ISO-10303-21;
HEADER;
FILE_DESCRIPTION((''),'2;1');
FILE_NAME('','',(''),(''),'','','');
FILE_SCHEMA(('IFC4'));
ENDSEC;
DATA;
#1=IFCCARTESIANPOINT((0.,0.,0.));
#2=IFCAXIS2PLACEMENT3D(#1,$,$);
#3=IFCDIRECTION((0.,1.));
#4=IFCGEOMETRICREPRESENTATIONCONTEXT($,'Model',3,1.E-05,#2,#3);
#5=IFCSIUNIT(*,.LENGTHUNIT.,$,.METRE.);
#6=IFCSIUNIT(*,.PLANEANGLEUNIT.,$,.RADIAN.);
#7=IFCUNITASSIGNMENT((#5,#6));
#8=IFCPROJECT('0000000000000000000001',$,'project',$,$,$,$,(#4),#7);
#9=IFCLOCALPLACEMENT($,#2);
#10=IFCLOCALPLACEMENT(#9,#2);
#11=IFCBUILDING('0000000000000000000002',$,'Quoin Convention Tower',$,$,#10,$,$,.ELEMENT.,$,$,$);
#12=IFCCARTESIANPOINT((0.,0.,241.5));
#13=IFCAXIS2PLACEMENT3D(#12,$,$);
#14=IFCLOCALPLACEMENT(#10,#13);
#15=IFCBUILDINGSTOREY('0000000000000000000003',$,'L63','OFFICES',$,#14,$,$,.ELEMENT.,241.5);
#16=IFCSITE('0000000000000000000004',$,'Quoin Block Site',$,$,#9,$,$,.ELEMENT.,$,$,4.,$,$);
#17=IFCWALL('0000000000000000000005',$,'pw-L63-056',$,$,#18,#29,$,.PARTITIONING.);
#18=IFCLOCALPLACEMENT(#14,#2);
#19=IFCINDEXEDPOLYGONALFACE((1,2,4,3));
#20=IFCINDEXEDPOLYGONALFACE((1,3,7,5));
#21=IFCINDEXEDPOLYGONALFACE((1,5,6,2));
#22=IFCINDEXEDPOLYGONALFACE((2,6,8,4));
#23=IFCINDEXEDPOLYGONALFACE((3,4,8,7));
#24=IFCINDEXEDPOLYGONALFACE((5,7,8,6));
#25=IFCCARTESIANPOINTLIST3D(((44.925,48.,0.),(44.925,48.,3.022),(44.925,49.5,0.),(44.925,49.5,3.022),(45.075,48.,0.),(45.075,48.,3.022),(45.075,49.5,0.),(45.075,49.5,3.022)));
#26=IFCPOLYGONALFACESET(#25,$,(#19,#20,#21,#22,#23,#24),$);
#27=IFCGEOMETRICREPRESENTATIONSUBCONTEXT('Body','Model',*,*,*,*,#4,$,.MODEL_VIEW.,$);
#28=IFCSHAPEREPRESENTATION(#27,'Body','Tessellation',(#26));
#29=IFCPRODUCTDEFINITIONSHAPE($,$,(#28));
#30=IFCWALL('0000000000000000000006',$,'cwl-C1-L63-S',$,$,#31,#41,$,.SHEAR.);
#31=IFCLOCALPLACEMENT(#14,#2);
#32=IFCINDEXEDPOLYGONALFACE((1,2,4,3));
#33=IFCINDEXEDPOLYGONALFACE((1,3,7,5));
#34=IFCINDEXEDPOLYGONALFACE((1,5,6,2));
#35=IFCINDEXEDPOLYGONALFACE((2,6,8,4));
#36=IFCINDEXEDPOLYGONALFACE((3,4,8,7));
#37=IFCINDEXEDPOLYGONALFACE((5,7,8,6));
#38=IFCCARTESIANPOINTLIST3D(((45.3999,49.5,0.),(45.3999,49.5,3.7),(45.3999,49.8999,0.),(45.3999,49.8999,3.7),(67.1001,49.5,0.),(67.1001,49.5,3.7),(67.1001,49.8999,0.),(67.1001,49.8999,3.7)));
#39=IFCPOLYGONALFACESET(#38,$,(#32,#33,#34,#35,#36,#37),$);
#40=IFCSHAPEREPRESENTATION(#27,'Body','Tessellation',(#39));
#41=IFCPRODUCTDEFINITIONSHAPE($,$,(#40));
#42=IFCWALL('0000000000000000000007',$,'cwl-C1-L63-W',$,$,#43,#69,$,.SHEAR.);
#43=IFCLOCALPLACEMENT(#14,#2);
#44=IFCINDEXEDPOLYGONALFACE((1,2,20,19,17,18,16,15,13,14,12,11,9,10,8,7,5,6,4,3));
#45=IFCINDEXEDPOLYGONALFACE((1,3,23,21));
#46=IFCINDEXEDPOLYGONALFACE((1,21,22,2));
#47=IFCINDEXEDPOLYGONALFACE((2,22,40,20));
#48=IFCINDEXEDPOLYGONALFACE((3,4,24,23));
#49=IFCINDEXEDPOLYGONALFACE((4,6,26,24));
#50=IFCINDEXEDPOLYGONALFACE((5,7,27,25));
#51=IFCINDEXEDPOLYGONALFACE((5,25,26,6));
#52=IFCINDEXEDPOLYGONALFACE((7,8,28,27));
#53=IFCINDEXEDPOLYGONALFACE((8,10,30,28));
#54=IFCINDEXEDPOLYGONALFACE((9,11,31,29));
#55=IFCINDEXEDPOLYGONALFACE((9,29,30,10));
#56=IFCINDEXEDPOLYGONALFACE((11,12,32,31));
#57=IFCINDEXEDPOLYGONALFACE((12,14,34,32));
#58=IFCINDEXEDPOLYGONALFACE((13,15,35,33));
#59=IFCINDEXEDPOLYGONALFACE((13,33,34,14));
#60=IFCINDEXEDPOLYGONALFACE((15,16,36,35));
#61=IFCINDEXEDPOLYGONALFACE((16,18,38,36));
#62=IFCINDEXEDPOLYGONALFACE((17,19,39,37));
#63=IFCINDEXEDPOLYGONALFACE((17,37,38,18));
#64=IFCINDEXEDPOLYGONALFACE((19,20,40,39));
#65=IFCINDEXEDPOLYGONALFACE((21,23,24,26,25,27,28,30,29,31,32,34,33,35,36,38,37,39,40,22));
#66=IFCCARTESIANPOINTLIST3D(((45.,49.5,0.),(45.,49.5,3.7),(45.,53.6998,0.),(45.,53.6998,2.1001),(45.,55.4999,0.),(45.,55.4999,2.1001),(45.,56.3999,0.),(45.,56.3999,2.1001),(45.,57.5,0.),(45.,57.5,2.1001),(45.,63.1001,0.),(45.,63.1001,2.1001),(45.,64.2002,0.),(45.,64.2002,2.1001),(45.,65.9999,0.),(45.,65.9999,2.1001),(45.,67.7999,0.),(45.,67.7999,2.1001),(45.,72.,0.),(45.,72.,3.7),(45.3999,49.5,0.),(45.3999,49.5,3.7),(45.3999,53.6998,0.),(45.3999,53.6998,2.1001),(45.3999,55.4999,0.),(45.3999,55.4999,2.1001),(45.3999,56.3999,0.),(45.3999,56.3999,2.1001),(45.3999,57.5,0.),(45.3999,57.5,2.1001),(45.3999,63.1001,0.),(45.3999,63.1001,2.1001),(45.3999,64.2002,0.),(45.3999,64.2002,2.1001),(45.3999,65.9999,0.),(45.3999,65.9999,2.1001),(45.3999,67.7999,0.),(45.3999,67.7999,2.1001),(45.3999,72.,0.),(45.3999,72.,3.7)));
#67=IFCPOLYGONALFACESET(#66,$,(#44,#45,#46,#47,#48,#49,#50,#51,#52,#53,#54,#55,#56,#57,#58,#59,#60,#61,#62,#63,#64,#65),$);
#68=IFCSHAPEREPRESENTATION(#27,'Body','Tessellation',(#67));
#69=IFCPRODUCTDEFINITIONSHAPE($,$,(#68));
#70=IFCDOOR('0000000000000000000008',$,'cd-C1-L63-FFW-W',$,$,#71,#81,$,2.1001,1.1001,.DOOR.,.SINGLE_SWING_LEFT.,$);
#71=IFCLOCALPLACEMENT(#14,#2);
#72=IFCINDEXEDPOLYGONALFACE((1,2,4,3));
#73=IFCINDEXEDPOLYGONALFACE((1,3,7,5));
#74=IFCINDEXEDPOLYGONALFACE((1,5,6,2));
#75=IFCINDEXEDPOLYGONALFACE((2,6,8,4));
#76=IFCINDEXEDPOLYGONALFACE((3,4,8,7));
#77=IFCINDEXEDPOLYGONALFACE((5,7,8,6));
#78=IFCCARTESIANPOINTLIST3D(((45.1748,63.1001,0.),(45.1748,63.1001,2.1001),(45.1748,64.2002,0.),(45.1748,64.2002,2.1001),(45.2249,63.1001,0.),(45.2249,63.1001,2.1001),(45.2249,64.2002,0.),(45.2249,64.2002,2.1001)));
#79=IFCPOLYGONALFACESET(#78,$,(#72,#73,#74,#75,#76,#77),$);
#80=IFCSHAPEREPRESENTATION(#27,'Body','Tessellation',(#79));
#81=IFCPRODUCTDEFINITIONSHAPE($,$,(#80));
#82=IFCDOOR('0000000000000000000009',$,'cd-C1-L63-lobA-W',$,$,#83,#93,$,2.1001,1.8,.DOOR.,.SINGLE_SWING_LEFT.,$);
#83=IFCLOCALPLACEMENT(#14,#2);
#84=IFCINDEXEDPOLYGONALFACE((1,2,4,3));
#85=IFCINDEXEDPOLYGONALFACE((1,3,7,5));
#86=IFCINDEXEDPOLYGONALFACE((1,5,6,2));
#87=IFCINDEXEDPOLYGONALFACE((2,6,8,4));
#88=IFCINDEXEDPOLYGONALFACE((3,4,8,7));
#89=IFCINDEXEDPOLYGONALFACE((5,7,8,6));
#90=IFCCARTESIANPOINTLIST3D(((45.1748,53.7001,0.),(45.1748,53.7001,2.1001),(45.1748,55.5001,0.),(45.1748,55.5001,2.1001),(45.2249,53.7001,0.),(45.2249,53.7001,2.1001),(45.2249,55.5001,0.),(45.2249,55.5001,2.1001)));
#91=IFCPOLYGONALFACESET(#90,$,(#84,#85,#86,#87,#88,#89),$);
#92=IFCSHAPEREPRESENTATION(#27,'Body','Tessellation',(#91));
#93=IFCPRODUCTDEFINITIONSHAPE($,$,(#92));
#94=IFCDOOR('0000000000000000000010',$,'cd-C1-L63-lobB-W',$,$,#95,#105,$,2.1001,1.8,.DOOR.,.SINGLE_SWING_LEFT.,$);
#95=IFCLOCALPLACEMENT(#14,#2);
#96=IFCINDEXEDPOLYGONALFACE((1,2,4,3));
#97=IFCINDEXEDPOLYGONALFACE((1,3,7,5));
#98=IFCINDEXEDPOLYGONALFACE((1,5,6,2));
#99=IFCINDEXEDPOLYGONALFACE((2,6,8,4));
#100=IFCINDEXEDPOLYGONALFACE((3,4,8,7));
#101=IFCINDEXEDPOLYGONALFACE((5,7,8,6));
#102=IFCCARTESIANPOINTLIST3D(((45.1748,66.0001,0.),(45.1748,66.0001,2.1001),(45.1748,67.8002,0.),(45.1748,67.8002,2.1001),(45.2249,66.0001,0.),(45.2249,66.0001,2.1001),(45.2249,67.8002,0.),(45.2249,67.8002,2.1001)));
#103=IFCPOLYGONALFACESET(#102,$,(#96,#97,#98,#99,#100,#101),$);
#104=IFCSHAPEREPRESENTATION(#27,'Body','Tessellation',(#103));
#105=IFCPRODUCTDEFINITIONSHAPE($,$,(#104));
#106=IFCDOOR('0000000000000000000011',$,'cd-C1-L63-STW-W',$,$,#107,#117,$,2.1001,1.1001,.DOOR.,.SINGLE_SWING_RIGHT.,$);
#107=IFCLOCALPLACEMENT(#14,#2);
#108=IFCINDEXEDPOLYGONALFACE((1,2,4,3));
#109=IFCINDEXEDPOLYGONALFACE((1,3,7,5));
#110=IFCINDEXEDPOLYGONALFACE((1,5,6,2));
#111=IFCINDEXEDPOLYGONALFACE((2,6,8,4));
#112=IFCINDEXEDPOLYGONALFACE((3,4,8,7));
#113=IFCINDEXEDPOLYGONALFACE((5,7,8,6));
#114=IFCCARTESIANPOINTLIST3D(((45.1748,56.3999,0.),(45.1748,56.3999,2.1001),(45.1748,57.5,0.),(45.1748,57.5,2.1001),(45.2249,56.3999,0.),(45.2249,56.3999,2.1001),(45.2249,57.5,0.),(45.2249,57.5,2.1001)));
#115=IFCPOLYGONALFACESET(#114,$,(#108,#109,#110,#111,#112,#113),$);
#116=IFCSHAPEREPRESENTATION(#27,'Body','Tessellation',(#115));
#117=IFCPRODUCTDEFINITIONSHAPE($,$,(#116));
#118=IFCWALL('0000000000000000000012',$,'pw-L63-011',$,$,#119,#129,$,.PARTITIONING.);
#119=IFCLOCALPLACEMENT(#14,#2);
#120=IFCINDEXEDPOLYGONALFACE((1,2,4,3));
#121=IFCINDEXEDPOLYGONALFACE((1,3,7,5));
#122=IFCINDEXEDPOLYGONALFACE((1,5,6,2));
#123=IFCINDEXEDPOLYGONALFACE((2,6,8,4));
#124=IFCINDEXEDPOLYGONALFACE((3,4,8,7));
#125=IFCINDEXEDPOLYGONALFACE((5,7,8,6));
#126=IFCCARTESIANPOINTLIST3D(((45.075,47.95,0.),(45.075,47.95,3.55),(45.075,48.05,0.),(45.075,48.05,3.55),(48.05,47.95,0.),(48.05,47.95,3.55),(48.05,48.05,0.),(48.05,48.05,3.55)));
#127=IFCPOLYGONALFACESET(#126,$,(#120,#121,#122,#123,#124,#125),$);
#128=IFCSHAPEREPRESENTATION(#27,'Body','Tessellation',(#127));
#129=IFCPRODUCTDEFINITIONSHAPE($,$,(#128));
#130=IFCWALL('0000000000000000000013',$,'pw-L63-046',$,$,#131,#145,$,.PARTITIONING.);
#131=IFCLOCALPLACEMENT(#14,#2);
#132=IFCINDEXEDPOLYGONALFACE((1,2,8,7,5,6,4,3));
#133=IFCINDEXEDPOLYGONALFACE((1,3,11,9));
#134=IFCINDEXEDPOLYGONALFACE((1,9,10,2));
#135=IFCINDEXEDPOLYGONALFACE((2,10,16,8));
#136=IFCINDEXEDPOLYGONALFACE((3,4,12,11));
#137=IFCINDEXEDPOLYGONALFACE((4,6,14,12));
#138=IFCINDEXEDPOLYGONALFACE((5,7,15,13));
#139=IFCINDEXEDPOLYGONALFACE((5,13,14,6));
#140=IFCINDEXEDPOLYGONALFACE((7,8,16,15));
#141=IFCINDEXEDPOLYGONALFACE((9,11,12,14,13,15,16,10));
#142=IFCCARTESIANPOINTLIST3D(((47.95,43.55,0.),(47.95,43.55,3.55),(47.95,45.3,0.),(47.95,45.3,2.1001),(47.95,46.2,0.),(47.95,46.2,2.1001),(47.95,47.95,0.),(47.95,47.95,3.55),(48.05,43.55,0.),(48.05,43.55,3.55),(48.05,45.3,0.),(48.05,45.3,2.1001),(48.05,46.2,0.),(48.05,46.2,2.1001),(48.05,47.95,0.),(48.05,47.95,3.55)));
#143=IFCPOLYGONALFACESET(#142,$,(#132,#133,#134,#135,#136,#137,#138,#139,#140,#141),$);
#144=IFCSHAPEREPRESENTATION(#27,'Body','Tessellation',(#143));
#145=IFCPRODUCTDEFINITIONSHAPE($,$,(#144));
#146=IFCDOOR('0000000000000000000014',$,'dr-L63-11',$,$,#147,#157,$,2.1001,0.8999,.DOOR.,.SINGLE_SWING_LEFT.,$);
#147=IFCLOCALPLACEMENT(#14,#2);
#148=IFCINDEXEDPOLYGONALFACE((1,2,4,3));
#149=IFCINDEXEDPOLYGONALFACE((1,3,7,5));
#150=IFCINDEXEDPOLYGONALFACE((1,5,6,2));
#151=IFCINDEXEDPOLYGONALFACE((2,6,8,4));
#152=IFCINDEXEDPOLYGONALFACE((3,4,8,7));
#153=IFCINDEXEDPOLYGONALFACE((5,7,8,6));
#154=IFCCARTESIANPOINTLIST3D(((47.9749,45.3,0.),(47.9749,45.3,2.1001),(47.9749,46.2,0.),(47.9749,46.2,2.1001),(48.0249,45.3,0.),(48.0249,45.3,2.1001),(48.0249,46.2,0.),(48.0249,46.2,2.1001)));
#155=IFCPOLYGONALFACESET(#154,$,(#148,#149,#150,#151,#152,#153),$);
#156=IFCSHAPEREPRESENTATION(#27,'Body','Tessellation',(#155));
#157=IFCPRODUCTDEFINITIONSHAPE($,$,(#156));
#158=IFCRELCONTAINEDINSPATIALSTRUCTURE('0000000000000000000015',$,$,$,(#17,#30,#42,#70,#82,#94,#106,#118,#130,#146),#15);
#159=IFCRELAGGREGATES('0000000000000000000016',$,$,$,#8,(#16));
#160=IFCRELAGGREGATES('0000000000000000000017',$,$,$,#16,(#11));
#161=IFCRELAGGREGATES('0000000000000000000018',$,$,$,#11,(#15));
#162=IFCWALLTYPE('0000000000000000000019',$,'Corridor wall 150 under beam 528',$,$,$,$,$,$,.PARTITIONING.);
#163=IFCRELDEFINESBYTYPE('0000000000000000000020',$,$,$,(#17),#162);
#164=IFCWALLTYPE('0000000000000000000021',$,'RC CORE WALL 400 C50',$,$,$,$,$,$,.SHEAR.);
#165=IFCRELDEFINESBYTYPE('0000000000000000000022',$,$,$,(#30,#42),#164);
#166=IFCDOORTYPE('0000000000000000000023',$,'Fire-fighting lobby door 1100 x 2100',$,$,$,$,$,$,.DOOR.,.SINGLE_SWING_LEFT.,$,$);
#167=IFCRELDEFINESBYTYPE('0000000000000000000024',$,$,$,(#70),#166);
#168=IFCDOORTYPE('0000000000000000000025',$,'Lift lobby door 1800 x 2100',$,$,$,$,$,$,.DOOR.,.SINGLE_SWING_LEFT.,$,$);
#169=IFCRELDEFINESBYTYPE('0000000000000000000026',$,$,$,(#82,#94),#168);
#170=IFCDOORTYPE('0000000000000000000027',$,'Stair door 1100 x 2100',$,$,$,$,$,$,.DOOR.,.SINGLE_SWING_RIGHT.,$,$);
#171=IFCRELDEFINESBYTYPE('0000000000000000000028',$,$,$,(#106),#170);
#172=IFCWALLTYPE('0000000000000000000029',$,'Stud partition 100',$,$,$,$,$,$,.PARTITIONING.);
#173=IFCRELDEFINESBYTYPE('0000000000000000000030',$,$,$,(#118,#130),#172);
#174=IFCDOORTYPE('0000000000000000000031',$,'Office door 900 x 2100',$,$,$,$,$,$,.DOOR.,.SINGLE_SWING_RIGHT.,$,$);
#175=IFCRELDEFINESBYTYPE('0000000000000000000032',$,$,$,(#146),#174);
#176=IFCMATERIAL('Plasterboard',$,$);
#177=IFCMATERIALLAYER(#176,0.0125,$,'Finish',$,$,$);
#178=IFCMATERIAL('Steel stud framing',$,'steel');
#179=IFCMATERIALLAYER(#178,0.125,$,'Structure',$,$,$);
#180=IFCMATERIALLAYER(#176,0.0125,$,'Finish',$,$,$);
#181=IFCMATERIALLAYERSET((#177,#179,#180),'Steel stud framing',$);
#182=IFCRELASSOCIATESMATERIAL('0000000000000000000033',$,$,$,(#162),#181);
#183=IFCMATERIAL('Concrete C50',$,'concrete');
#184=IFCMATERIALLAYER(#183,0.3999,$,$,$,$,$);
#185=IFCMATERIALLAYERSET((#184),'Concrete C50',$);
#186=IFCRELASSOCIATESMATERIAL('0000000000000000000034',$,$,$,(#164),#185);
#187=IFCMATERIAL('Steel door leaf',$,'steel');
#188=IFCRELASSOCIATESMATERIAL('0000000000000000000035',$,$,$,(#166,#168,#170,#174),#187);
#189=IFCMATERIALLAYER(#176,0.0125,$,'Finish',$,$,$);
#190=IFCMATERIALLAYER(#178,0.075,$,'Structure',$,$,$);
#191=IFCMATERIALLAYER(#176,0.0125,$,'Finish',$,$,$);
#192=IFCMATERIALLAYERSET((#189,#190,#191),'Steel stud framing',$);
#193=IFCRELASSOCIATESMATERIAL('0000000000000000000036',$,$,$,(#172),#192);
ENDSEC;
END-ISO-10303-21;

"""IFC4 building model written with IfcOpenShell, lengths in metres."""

from ifc_helpers import new_model, si_unit, direction, frame, frame_2d, origin, place, context, subcontext, project, spatial, rectangle, extrude, material, layer, layer_set, type_object, element, fill, save


model = new_model("IFC4")

# Units and contexts
model_context = context("Model", 3, precision=1e-05, world=origin(), true_north=direction((0.0, 1.0)))
body_context = subcontext(model_context, "Body", "Model", "MODEL_VIEW")
ifc_project = project(units=[si_unit("LENGTHUNIT", "METRE"), si_unit("PLANEANGLEUNIT", "RADIAN")], contexts=[model_context])

# Site, building, storey
site_placement = place(None, origin())
site = spatial("IfcSite", under=ifc_project, at=site_placement, Name="Quoin Block Site", CompositionType="ELEMENT", RefElevation=4.0)
building_placement = place(site_placement, origin())
building = spatial("IfcBuilding", under=site, at=building_placement, Name="Quoin Convention Tower", CompositionType="ELEMENT")
storey_placement = place(building_placement, frame((0.0, 0.0, 241.5)))
storey = spatial("IfcBuildingStorey", under=building, at=storey_placement, Name="L63", Description="OFFICES", CompositionType="ELEMENT", Elevation=241.5)

# Shared definitions
ifc_material_1 = material(Name="Plasterboard")
ifc_material_2 = material(Name="Steel stud framing", Category="steel")
ifc_material_3 = material(Name="Steel door leaf", Category="steel")

# Walls
ifc_layer_1 = layer(ifc_material_1, 0.0125, Name="Finish")
ifc_layer_2 = layer(ifc_material_2, 0.125, Name="Structure")
ifc_layer_3 = layer(ifc_material_1, 0.0125, Name="Finish")
ifc_layer_set_1 = layer_set([ifc_layer_1, ifc_layer_2, ifc_layer_3], Name="Steel stud framing")
wall_type_1 = type_object("IfcWallType", Name="Corridor wall 150 under beam 528", PredefinedType="PARTITIONING", material=ifc_layer_set_1)
wall_1_placement = place(storey_placement, frame((45.0, 48.0, 0.0), z_axis=(0.0, 0.0, 1.0), x_axis=(0.0, 1.0, 0.0)))
element("IfcWall", 1, at=wall_1_placement, inside=storey, type_object=wall_type_1, Name="pw-L63-056", PredefinedType="PARTITIONING", context=body_context, shape_type="SweptSolid", body=[
    extrude(rectangle(XDim=1.5, YDim=0.1499, at=frame_2d((0.75, 0.0))), origin(), (0.0, 0.0, 1.0), 3.022),
])
ifc_material_4 = material(Name="Concrete C50", Category="concrete")
ifc_layer_4 = layer(ifc_material_4, 0.3999)
ifc_layer_set_2 = layer_set([ifc_layer_4], Name="Concrete C50")
wall_type_2 = type_object("IfcWallType", Name="RC CORE WALL 400 C50", PredefinedType="SHEAR", material=ifc_layer_set_2)
wall_2_placement = place(storey_placement, frame((45.3999, 49.7, 0.0), z_axis=(0.0, 0.0, 1.0), x_axis=(1.0, 0.0, 0.0)))
element("IfcWall", 2, at=wall_2_placement, inside=storey, type_object=wall_type_2, Name="cwl-C1-L63-S", PredefinedType="SHEAR", context=body_context, shape_type="SweptSolid", body=[
    extrude(rectangle(XDim=21.7002, YDim=0.3999, at=frame_2d((10.8501, 0.0))), origin(), (0.0, 0.0, 1.0), 3.7),
])

# Wall, openings, doors
wall_3_placement = place(storey_placement, frame((45.2, 49.5, 0.0), z_axis=(0.0, 0.0, 1.0), x_axis=(0.0, 1.0, 0.0)))
wall_3 = element("IfcWall", 3, at=wall_3_placement, inside=storey, type_object=wall_type_2, Name="cwl-C1-L63-W", PredefinedType="SHEAR", context=body_context, shape_type="SweptSolid", body=[
    extrude(rectangle(XDim=22.5, YDim=0.3999, at=frame_2d((11.25, 0.0))), origin(), (0.0, 0.0, 1.0), 3.7),
])
opening_1_placement = place(wall_3_placement, frame((4.2, 0.0, 0.0)))
opening_1 = element("IfcOpeningElement", 4, at=opening_1_placement, cuts=wall_3, PredefinedType="OPENING", context=body_context, shape_type="SweptSolid", body=[
    extrude(rectangle(XDim=1.8, YDim=2.1001, at=frame_2d((0.8999, 1.05))), frame((0.0, 0.21, 0.0), z_axis=(0.0, -1.0, 0.0), x_axis=(1.0, 0.0, 0.0)), (0.0, 0.0, 1.0), 0.4199),
])
opening_2_placement = place(wall_3_placement, frame((6.8999, 0.0, 0.0)))
opening_2 = element("IfcOpeningElement", 5, at=opening_2_placement, cuts=wall_3, PredefinedType="OPENING", context=body_context, shape_type="SweptSolid", body=[
    extrude(rectangle(XDim=1.1001, YDim=2.1001, at=frame_2d((0.55, 1.05))), frame((0.0, 0.21, 0.0), z_axis=(0.0, -1.0, 0.0), x_axis=(1.0, 0.0, 0.0)), (0.0, 0.0, 1.0), 0.4199),
])
opening_3_placement = place(wall_3_placement, frame((13.6001, 0.0, 0.0)))
opening_3 = element("IfcOpeningElement", 6, at=opening_3_placement, cuts=wall_3, PredefinedType="OPENING", context=body_context, shape_type="SweptSolid", body=[
    extrude(rectangle(XDim=1.1001, YDim=2.1001, at=frame_2d((0.55, 1.05))), frame((0.0, 0.21, 0.0), z_axis=(0.0, -1.0, 0.0), x_axis=(1.0, 0.0, 0.0)), (0.0, 0.0, 1.0), 0.4199),
])
opening_4_placement = place(wall_3_placement, frame((16.5, 0.0, 0.0)))
opening_4 = element("IfcOpeningElement", 7, at=opening_4_placement, cuts=wall_3, PredefinedType="OPENING", context=body_context, shape_type="SweptSolid", body=[
    extrude(rectangle(XDim=1.8, YDim=2.1001, at=frame_2d((0.8999, 1.05))), frame((0.0, 0.21, 0.0), z_axis=(0.0, -1.0, 0.0), x_axis=(1.0, 0.0, 0.0)), (0.0, 0.0, 1.0), 0.4199),
])
door_type_1 = type_object("IfcDoorType", Name="Fire-fighting lobby door 1100 x 2100", OperationType="SINGLE_SWING_LEFT", PredefinedType="DOOR", material=ifc_material_3)
door_1_placement = place(opening_3_placement, frame((1.1001, 0.0, 0.0), z_axis=(0.0, 0.0, 1.0), x_axis=(-1.0, 0.0, 0.0)))
door_1 = element("IfcDoor", 8, at=door_1_placement, inside=storey, type_object=door_type_1, Name="cd-C1-L63-FFW-W", OperationType="SINGLE_SWING_LEFT", OverallHeight=2.1001, OverallWidth=1.1001, PredefinedType="DOOR", context=body_context, shape_type="SweptSolid", body=[
    extrude(rectangle(XDim=1.1001, YDim=2.1001, at=frame_2d((0.55, 1.05))), frame((0.0, 0.0249, 0.0), z_axis=(0.0, -1.0, 0.0), x_axis=(1.0, 0.0, 0.0)), (0.0, 0.0, 1.0), 0.05),
])
fill(opening_3, door_1)
door_type_2 = type_object("IfcDoorType", Name="Lift lobby door 1800 x 2100", OperationType="SINGLE_SWING_LEFT", PredefinedType="DOOR", material=ifc_material_3)
door_2_placement = place(opening_1_placement, frame((1.8, 0.0, 0.0), z_axis=(0.0, 0.0, 1.0), x_axis=(-1.0, 0.0, 0.0)))
door_2 = element("IfcDoor", 9, at=door_2_placement, inside=storey, type_object=door_type_2, Name="cd-C1-L63-lobA-W", OperationType="SINGLE_SWING_LEFT", OverallHeight=2.1001, OverallWidth=1.8, PredefinedType="DOOR", context=body_context, shape_type="SweptSolid", body=[
    extrude(rectangle(XDim=1.8, YDim=2.1001, at=frame_2d((0.8999, 1.05))), frame((0.0, 0.0249, 0.0), z_axis=(0.0, -1.0, 0.0), x_axis=(1.0, 0.0, 0.0)), (0.0, 0.0, 1.0), 0.05),
])
fill(opening_1, door_2)
door_3_placement = place(opening_4_placement, frame((1.8, 0.0, 0.0), z_axis=(0.0, 0.0, 1.0), x_axis=(-1.0, 0.0, 0.0)))
door_3 = element("IfcDoor", 10, at=door_3_placement, inside=storey, type_object=door_type_2, Name="cd-C1-L63-lobB-W", OperationType="SINGLE_SWING_LEFT", OverallHeight=2.1001, OverallWidth=1.8, PredefinedType="DOOR", context=body_context, shape_type="SweptSolid", body=[
    extrude(rectangle(XDim=1.8, YDim=2.1001, at=frame_2d((0.8999, 1.05))), frame((0.0, 0.0249, 0.0), z_axis=(0.0, -1.0, 0.0), x_axis=(1.0, 0.0, 0.0)), (0.0, 0.0, 1.0), 0.05),
])
fill(opening_4, door_3)
door_type_3 = type_object("IfcDoorType", Name="Stair door 1100 x 2100", OperationType="SINGLE_SWING_RIGHT", PredefinedType="DOOR", material=ifc_material_3)
door_4_placement = place(opening_2_placement, frame((1.1001, 0.0, 0.0), z_axis=(0.0, 0.0, 1.0), x_axis=(-1.0, 0.0, 0.0)))
door_4 = element("IfcDoor", 11, at=door_4_placement, inside=storey, type_object=door_type_3, Name="cd-C1-L63-STW-W", OperationType="SINGLE_SWING_RIGHT", OverallHeight=2.1001, OverallWidth=1.1001, PredefinedType="DOOR", context=body_context, shape_type="SweptSolid", body=[
    extrude(rectangle(XDim=1.1001, YDim=2.1001, at=frame_2d((0.55, 1.05))), frame((0.0, 0.0249, 0.0), z_axis=(0.0, -1.0, 0.0), x_axis=(1.0, 0.0, 0.0)), (0.0, 0.0, 1.0), 0.05),
])
fill(opening_2, door_4)

# Wall
ifc_layer_5 = layer(ifc_material_1, 0.0125, Name="Finish")
ifc_layer_6 = layer(ifc_material_2, 0.075, Name="Structure")
ifc_layer_7 = layer(ifc_material_1, 0.0125, Name="Finish")
ifc_layer_set_3 = layer_set([ifc_layer_5, ifc_layer_6, ifc_layer_7], Name="Steel stud framing")
wall_type_3 = type_object("IfcWallType", Name="Stud partition 100", PredefinedType="PARTITIONING", material=ifc_layer_set_3)
wall_4_placement = place(storey_placement, frame((45.075, 48.0, 0.0), z_axis=(0.0, 0.0, 1.0), x_axis=(1.0, 0.0, 0.0)))
element("IfcWall", 12, at=wall_4_placement, inside=storey, type_object=wall_type_3, Name="pw-L63-011", PredefinedType="PARTITIONING", context=body_context, shape_type="SweptSolid", body=[
    extrude(rectangle(XDim=2.9751, YDim=0.1001, at=frame_2d((1.4875, 0.0))), origin(), (0.0, 0.0, 1.0), 3.55),
])

# Wall, opening, door
wall_5_placement = place(storey_placement, frame((48.0, 43.55, 0.0), z_axis=(0.0, 0.0, 1.0), x_axis=(0.0, 1.0, 0.0)))
wall_5 = element("IfcWall", 13, at=wall_5_placement, inside=storey, type_object=wall_type_3, Name="pw-L63-046", PredefinedType="PARTITIONING", context=body_context, shape_type="SweptSolid", body=[
    extrude(rectangle(XDim=4.3999, YDim=0.1001, at=frame_2d((2.2, 0.0))), origin(), (0.0, 0.0, 1.0), 3.55),
])
opening_5_placement = place(wall_5_placement, frame((1.75, 0.0, 0.0)))
opening_5 = element("IfcOpeningElement", 14, at=opening_5_placement, cuts=wall_5, PredefinedType="OPENING", context=body_context, shape_type="SweptSolid", body=[
    extrude(rectangle(XDim=0.8999, YDim=2.1001, at=frame_2d((0.45, 1.05))), frame((0.0, 0.0601, 0.0), z_axis=(0.0, -1.0, 0.0), x_axis=(1.0, 0.0, 0.0)), (0.0, 0.0, 1.0), 0.1201),
])
door_type_4 = type_object("IfcDoorType", Name="Office door 900 x 2100", OperationType="SINGLE_SWING_RIGHT", PredefinedType="DOOR", material=ifc_material_3)
door_5_placement = place(opening_5_placement, frame((0.8999, 0.0, 0.0), z_axis=(0.0, 0.0, 1.0), x_axis=(-1.0, 0.0, 0.0)))
door_5 = element("IfcDoor", 15, at=door_5_placement, inside=storey, type_object=door_type_4, Name="dr-L63-11", OperationType="SINGLE_SWING_LEFT", OverallHeight=2.1001, OverallWidth=0.8999, PredefinedType="DOOR", context=body_context, shape_type="SweptSolid", body=[
    extrude(rectangle(XDim=0.8999, YDim=2.1001, at=frame_2d((0.45, 1.05))), frame((0.0, 0.0249, 0.0), z_axis=(0.0, -1.0, 0.0), x_axis=(1.0, 0.0, 0.0)), (0.0, 0.0, 1.0), 0.05),
])
fill(opening_5, door_5)

save(model, "model.ifc")
